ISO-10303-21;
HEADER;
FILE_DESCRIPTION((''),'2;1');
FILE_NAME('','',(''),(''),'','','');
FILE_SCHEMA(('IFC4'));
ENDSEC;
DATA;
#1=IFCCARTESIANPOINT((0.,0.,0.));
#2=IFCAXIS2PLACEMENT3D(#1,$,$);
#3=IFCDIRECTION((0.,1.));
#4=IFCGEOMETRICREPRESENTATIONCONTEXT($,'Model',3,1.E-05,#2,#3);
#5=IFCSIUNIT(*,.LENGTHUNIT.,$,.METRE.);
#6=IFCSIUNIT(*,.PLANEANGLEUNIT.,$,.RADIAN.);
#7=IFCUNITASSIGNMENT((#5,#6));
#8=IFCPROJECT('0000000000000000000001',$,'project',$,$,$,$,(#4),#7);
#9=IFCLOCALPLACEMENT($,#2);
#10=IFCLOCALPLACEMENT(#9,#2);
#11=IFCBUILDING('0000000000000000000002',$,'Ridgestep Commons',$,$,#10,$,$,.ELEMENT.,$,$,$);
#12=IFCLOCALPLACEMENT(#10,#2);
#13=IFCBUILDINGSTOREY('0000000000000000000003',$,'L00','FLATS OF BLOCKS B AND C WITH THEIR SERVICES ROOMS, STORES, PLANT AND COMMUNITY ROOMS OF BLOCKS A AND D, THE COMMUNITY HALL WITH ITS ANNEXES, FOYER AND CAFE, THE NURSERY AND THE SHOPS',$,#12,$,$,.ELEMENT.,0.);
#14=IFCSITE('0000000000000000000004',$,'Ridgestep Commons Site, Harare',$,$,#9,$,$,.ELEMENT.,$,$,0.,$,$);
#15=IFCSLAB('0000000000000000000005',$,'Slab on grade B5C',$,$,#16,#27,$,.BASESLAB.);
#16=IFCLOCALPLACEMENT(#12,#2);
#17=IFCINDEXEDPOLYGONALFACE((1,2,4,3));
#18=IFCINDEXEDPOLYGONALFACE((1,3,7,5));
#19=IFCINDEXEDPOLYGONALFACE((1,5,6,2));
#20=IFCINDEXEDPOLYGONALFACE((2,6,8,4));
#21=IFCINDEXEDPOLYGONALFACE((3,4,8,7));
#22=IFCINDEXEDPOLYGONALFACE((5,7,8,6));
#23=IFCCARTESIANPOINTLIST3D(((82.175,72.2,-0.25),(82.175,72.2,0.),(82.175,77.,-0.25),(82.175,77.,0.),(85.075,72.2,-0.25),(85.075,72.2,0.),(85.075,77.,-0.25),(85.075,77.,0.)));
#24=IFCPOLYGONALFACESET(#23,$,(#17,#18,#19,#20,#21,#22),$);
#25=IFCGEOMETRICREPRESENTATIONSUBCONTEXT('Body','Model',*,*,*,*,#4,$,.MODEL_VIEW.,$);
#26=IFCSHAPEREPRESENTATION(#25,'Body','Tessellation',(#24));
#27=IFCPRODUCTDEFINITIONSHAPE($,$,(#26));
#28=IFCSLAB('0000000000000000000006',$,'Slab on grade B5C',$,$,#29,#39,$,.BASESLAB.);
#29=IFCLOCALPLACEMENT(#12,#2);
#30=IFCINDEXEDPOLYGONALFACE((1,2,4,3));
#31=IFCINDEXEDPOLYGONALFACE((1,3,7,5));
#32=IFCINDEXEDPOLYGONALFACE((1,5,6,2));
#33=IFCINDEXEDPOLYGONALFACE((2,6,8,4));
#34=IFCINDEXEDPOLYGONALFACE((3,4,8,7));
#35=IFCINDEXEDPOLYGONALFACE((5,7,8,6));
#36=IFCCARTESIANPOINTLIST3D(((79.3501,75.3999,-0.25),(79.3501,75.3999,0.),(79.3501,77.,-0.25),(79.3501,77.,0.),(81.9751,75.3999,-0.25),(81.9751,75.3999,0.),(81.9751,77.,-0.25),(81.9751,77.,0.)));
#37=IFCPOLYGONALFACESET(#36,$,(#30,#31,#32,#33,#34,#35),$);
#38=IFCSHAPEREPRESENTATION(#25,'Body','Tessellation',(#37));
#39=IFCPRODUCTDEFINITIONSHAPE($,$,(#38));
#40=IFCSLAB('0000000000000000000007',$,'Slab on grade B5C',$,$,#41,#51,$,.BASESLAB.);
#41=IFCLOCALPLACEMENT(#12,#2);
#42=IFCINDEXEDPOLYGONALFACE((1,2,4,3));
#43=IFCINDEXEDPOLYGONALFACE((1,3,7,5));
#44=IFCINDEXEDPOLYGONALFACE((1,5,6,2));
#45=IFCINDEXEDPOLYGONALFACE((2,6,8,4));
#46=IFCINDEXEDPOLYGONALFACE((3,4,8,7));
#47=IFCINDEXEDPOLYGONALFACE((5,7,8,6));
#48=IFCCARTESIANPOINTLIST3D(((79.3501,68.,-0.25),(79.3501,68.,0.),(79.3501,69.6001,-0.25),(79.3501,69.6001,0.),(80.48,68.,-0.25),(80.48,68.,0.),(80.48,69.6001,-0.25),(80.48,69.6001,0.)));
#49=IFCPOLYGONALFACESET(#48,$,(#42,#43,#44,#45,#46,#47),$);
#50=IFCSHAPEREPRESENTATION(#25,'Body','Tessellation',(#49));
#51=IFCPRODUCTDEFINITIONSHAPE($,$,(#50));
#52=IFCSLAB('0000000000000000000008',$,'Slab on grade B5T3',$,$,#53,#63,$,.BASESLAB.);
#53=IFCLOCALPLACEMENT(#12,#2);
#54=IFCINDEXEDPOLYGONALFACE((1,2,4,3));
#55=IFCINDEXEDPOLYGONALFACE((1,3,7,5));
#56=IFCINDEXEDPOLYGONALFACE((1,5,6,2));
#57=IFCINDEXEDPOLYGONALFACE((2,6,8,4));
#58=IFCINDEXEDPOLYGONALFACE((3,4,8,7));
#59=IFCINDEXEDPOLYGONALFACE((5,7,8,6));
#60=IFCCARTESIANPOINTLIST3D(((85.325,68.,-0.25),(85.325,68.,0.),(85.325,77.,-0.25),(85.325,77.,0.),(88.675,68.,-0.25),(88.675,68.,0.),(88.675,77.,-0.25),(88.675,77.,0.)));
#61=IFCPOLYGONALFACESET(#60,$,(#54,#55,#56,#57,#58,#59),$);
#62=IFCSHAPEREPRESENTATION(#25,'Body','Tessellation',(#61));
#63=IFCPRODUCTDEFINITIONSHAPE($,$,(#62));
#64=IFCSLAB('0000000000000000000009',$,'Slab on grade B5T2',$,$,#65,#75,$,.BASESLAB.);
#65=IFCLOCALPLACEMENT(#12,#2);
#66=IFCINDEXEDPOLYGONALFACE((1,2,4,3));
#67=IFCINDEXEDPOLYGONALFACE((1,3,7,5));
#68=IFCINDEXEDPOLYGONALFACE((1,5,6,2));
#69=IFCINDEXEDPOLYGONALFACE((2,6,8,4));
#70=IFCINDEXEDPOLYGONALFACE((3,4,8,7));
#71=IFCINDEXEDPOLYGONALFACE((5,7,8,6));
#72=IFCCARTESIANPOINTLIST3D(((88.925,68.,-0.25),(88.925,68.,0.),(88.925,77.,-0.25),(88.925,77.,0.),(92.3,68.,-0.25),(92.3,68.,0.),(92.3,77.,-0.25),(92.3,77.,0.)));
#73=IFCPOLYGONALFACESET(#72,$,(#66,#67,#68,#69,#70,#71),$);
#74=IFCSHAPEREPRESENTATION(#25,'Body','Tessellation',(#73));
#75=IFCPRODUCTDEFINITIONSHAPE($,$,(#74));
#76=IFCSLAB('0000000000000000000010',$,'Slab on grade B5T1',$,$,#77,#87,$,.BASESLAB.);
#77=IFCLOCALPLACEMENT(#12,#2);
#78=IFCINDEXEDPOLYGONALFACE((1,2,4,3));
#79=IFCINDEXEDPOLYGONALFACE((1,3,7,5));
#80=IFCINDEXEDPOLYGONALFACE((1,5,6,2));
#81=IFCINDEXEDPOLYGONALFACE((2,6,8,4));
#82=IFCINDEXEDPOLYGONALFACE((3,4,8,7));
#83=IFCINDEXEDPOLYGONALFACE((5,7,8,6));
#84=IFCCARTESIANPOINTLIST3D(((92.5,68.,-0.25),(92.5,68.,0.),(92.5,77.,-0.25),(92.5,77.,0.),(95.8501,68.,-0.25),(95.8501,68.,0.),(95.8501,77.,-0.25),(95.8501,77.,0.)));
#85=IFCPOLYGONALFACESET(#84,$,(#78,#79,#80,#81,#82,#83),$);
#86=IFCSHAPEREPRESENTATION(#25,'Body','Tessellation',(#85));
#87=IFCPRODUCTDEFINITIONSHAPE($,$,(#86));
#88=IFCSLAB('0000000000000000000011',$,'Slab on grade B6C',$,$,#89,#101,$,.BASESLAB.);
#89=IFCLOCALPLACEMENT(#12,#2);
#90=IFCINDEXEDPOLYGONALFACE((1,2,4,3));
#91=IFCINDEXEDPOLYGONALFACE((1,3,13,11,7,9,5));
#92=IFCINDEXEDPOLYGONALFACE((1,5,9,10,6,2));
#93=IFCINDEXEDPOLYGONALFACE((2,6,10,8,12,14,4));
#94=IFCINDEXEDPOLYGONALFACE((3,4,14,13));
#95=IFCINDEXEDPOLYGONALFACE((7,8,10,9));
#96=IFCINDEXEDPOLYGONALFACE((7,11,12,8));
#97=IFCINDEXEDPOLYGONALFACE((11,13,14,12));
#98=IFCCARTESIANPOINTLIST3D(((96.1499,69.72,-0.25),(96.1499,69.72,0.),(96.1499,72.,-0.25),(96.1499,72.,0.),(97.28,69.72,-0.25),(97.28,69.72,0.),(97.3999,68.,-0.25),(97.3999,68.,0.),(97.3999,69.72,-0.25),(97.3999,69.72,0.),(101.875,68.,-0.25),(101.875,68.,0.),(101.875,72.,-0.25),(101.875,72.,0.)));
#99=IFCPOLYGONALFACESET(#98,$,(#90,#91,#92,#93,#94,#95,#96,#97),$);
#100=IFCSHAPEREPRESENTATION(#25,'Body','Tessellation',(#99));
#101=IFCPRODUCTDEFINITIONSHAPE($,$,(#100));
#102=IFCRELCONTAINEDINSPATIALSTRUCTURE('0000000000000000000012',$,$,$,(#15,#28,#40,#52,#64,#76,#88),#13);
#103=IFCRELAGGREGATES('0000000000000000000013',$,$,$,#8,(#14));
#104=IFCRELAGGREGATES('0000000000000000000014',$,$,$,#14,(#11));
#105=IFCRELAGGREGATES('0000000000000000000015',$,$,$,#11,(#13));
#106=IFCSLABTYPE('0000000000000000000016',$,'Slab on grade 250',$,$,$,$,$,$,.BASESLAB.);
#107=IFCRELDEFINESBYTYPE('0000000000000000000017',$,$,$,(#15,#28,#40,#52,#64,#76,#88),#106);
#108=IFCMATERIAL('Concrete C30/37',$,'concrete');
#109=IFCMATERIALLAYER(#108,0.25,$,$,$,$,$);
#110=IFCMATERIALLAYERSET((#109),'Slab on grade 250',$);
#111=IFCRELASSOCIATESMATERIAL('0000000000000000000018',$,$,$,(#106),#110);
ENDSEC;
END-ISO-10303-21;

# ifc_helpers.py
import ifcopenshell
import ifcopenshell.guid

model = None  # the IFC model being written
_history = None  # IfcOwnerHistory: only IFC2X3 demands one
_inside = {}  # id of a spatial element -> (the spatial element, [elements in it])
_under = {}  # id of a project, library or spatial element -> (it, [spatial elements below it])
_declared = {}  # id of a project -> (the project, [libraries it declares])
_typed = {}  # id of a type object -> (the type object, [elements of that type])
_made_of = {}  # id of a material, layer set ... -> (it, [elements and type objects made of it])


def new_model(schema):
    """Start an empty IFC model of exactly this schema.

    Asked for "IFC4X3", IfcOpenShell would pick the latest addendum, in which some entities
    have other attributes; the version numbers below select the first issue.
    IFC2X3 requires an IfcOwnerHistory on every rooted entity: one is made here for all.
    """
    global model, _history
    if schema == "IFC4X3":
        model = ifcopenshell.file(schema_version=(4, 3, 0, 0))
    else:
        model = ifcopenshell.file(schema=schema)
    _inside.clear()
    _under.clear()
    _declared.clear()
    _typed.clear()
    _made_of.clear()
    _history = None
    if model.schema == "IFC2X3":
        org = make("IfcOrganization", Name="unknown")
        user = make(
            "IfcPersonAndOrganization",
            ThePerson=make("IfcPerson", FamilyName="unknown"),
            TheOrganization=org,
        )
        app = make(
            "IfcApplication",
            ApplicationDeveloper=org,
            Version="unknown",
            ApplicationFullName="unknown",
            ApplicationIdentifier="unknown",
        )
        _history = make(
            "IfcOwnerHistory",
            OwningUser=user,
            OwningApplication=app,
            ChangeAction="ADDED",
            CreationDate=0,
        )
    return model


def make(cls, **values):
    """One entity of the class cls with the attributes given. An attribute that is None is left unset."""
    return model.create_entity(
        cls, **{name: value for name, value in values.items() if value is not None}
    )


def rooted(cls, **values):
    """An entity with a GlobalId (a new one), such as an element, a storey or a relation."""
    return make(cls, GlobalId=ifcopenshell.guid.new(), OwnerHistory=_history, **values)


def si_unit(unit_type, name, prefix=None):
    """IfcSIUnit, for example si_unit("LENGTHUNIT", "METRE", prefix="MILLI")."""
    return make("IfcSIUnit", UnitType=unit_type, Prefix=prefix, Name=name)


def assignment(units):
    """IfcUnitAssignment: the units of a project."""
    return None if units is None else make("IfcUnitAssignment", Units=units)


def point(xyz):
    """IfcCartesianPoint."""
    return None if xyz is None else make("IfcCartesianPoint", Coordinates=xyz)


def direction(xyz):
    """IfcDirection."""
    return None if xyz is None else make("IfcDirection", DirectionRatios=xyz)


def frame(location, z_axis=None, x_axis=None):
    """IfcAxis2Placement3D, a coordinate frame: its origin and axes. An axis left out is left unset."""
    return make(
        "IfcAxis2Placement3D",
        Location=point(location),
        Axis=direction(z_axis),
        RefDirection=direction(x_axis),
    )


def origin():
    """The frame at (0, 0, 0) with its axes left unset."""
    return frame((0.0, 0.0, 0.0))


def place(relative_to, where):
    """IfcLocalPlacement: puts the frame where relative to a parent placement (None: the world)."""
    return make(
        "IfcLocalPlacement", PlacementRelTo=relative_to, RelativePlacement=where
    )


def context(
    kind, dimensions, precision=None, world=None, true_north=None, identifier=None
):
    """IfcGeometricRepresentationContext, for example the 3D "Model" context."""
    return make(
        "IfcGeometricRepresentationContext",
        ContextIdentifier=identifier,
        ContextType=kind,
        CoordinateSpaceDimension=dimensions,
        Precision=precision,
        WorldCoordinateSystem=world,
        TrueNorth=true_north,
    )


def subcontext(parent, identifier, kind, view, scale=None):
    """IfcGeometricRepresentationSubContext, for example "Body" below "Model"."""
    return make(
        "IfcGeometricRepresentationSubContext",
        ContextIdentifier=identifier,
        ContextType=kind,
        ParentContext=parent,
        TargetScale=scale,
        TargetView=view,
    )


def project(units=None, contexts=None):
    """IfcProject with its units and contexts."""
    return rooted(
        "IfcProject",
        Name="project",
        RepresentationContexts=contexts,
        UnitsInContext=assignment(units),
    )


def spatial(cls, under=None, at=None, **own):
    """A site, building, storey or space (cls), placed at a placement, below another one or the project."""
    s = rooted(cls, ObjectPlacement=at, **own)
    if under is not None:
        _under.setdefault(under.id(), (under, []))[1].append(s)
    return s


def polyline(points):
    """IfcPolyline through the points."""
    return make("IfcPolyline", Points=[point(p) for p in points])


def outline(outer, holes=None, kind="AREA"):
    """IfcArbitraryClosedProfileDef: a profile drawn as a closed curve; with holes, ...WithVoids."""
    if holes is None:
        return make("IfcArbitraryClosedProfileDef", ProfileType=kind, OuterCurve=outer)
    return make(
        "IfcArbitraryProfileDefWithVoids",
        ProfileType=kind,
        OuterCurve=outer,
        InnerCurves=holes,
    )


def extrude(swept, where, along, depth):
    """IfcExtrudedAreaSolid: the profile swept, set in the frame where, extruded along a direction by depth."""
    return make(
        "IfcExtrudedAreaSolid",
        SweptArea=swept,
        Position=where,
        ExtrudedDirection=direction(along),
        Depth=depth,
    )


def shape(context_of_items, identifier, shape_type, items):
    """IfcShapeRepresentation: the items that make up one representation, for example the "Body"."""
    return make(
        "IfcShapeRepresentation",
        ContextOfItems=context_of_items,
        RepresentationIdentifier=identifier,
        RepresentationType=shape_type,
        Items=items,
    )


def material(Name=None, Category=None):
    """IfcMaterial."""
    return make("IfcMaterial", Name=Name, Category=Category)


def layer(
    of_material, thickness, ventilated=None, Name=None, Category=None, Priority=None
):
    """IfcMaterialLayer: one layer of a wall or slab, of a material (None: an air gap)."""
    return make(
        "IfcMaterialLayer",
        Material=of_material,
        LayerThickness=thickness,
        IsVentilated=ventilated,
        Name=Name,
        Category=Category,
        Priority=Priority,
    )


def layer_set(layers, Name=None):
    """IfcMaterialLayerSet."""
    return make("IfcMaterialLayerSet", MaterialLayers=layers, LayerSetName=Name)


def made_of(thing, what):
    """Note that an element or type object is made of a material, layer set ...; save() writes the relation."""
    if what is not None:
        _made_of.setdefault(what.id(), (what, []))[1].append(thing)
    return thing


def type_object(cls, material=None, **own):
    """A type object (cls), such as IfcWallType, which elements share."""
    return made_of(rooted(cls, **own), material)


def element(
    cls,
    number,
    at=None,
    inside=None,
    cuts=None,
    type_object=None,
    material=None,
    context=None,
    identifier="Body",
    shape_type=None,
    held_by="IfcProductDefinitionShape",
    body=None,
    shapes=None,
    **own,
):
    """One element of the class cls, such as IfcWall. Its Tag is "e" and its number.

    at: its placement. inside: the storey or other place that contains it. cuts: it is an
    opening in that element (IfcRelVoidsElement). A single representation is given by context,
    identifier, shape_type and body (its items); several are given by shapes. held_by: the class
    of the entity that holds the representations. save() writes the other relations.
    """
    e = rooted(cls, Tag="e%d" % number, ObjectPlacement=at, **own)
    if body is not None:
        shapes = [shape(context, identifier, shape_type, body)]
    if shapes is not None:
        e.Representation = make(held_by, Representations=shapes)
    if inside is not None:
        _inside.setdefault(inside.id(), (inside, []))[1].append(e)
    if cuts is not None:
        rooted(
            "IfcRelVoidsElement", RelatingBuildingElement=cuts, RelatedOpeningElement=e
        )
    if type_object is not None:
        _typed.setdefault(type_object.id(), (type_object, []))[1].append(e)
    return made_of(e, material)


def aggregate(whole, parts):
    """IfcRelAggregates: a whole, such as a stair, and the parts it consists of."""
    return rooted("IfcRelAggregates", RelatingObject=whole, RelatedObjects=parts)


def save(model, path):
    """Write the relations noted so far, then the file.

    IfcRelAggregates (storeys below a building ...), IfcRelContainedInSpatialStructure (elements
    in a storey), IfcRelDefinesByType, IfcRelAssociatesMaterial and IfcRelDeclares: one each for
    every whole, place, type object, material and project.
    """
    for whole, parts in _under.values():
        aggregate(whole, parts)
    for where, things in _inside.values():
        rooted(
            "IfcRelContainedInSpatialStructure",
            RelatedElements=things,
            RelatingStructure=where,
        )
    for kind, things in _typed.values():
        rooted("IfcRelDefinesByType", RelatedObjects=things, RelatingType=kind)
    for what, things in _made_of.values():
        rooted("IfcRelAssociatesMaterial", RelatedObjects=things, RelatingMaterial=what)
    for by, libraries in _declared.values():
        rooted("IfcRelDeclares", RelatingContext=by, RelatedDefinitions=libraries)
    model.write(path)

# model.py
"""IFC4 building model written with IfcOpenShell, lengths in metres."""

from ifc_helpers import new_model, si_unit, direction, frame, origin, place, context, subcontext, project, spatial, polyline, outline, extrude, material, layer, layer_set, type_object, element, save


model = new_model("IFC4")

# Units and contexts
model_context = context("Model", 3, precision=1e-05, world=origin(), true_north=direction((0.0, 1.0)))
body_context = subcontext(model_context, "Body", "Model", "MODEL_VIEW")
ifc_project = project(units=[si_unit("LENGTHUNIT", "METRE"), si_unit("PLANEANGLEUNIT", "RADIAN")], contexts=[model_context])

# Site, building, storey
site_placement = place(None, origin())
site = spatial("IfcSite", under=ifc_project, at=site_placement, Name="Ridgestep Commons Site, Harare", CompositionType="ELEMENT", RefElevation=0.0)
building_placement = place(site_placement, origin())
building = spatial("IfcBuilding", under=site, at=building_placement, Name="Ridgestep Commons", CompositionType="ELEMENT")
storey_placement = place(building_placement, origin())
storey = spatial("IfcBuildingStorey", under=building, at=storey_placement, Name="L00", Description="FLATS OF BLOCKS B AND C WITH THEIR SERVICES ROOMS, STORES, PLANT AND COMMUNITY ROOMS OF BLOCKS A AND D, THE COMMUNITY HALL WITH ITS ANNEXES, FOYER AND CAFE, THE NURSERY AND THE SHOPS", CompositionType="ELEMENT", Elevation=0.0)

# Slabs
ifc_material = material(Name="Concrete C30/37", Category="concrete")
ifc_layer = layer(ifc_material, 0.25)
ifc_layer_set = layer_set([ifc_layer], Name="Slab on grade 250")
slab_type = type_object("IfcSlabType", Name="Slab on grade 250", PredefinedType="BASESLAB", material=ifc_layer_set)
slab_1_placement = place(storey_placement, frame((0.0, 0.0, -0.25)))
element("IfcSlab", 1, at=slab_1_placement, inside=storey, type_object=slab_type, Name="Slab on grade B5C", PredefinedType="BASESLAB", context=body_context, shape_type="SweptSolid", body=[
    extrude(outline(polyline([(85.075, 72.2), (85.075, 77.0), (82.175, 77.0), (82.175, 72.2), (85.075, 72.2)])), origin(), (0.0, 0.0, 1.0), 0.25),
])
slab_2_placement = place(storey_placement, frame((0.0, 0.0, -0.25)))
element("IfcSlab", 2, at=slab_2_placement, inside=storey, type_object=slab_type, Name="Slab on grade B5C", PredefinedType="BASESLAB", context=body_context, shape_type="SweptSolid", body=[
    extrude(outline(polyline([(81.9751, 77.0), (79.3501, 77.0), (79.3501, 75.3999), (81.9751, 75.3999), (81.9751, 77.0)])), origin(), (0.0, 0.0, 1.0), 0.25),
])
slab_3_placement = place(storey_placement, frame((0.0, 0.0, -0.25)))
element("IfcSlab", 3, at=slab_3_placement, inside=storey, type_object=slab_type, Name="Slab on grade B5C", PredefinedType="BASESLAB", context=body_context, shape_type="SweptSolid", body=[
    extrude(outline(polyline([(80.48, 69.6001), (79.3501, 69.6001), (79.3501, 68.0), (80.48, 68.0), (80.48, 69.6001)])), origin(), (0.0, 0.0, 1.0), 0.25),
])
slab_4_placement = place(storey_placement, frame((0.0, 0.0, -0.25)))
element("IfcSlab", 4, at=slab_4_placement, inside=storey, type_object=slab_type, Name="Slab on grade B5T3", PredefinedType="BASESLAB", context=body_context, shape_type="SweptSolid", body=[
    extrude(outline(polyline([(88.675, 68.0), (88.675, 77.0), (85.325, 77.0), (85.325, 68.0), (88.675, 68.0)])), origin(), (0.0, 0.0, 1.0), 0.25),
])
slab_5_placement = place(storey_placement, frame((0.0, 0.0, -0.25)))
element("IfcSlab", 5, at=slab_5_placement, inside=storey, type_object=slab_type, Name="Slab on grade B5T2", PredefinedType="BASESLAB", context=body_context, shape_type="SweptSolid", body=[
    extrude(outline(polyline([(92.3, 68.0), (92.3, 77.0), (88.925, 77.0), (88.925, 68.0), (92.3, 68.0)])), origin(), (0.0, 0.0, 1.0), 0.25),
])
slab_6_placement = place(storey_placement, frame((0.0, 0.0, -0.25)))
element("IfcSlab", 6, at=slab_6_placement, inside=storey, type_object=slab_type, Name="Slab on grade B5T1", PredefinedType="BASESLAB", context=body_context, shape_type="SweptSolid", body=[
    extrude(outline(polyline([(95.8501, 68.0), (95.8501, 77.0), (92.5, 77.0), (92.5, 68.0), (95.8501, 68.0)])), origin(), (0.0, 0.0, 1.0), 0.25),
])
slab_7_placement = place(storey_placement, frame((0.0, 0.0, -0.25)))
element("IfcSlab", 7, at=slab_7_placement, inside=storey, type_object=slab_type, Name="Slab on grade B6C", PredefinedType="BASESLAB", context=body_context, shape_type="SweptSolid", body=[
    extrude(outline(polyline([(97.3999, 68.0), (101.875, 68.0), (101.875, 72.0), (96.1499, 72.0), (96.1499, 69.72), (97.28, 69.72), (97.3999, 69.72), (97.3999, 68.0)])), origin(), (0.0, 0.0, 1.0), 0.25),
])

save(model, "model.ifc")
